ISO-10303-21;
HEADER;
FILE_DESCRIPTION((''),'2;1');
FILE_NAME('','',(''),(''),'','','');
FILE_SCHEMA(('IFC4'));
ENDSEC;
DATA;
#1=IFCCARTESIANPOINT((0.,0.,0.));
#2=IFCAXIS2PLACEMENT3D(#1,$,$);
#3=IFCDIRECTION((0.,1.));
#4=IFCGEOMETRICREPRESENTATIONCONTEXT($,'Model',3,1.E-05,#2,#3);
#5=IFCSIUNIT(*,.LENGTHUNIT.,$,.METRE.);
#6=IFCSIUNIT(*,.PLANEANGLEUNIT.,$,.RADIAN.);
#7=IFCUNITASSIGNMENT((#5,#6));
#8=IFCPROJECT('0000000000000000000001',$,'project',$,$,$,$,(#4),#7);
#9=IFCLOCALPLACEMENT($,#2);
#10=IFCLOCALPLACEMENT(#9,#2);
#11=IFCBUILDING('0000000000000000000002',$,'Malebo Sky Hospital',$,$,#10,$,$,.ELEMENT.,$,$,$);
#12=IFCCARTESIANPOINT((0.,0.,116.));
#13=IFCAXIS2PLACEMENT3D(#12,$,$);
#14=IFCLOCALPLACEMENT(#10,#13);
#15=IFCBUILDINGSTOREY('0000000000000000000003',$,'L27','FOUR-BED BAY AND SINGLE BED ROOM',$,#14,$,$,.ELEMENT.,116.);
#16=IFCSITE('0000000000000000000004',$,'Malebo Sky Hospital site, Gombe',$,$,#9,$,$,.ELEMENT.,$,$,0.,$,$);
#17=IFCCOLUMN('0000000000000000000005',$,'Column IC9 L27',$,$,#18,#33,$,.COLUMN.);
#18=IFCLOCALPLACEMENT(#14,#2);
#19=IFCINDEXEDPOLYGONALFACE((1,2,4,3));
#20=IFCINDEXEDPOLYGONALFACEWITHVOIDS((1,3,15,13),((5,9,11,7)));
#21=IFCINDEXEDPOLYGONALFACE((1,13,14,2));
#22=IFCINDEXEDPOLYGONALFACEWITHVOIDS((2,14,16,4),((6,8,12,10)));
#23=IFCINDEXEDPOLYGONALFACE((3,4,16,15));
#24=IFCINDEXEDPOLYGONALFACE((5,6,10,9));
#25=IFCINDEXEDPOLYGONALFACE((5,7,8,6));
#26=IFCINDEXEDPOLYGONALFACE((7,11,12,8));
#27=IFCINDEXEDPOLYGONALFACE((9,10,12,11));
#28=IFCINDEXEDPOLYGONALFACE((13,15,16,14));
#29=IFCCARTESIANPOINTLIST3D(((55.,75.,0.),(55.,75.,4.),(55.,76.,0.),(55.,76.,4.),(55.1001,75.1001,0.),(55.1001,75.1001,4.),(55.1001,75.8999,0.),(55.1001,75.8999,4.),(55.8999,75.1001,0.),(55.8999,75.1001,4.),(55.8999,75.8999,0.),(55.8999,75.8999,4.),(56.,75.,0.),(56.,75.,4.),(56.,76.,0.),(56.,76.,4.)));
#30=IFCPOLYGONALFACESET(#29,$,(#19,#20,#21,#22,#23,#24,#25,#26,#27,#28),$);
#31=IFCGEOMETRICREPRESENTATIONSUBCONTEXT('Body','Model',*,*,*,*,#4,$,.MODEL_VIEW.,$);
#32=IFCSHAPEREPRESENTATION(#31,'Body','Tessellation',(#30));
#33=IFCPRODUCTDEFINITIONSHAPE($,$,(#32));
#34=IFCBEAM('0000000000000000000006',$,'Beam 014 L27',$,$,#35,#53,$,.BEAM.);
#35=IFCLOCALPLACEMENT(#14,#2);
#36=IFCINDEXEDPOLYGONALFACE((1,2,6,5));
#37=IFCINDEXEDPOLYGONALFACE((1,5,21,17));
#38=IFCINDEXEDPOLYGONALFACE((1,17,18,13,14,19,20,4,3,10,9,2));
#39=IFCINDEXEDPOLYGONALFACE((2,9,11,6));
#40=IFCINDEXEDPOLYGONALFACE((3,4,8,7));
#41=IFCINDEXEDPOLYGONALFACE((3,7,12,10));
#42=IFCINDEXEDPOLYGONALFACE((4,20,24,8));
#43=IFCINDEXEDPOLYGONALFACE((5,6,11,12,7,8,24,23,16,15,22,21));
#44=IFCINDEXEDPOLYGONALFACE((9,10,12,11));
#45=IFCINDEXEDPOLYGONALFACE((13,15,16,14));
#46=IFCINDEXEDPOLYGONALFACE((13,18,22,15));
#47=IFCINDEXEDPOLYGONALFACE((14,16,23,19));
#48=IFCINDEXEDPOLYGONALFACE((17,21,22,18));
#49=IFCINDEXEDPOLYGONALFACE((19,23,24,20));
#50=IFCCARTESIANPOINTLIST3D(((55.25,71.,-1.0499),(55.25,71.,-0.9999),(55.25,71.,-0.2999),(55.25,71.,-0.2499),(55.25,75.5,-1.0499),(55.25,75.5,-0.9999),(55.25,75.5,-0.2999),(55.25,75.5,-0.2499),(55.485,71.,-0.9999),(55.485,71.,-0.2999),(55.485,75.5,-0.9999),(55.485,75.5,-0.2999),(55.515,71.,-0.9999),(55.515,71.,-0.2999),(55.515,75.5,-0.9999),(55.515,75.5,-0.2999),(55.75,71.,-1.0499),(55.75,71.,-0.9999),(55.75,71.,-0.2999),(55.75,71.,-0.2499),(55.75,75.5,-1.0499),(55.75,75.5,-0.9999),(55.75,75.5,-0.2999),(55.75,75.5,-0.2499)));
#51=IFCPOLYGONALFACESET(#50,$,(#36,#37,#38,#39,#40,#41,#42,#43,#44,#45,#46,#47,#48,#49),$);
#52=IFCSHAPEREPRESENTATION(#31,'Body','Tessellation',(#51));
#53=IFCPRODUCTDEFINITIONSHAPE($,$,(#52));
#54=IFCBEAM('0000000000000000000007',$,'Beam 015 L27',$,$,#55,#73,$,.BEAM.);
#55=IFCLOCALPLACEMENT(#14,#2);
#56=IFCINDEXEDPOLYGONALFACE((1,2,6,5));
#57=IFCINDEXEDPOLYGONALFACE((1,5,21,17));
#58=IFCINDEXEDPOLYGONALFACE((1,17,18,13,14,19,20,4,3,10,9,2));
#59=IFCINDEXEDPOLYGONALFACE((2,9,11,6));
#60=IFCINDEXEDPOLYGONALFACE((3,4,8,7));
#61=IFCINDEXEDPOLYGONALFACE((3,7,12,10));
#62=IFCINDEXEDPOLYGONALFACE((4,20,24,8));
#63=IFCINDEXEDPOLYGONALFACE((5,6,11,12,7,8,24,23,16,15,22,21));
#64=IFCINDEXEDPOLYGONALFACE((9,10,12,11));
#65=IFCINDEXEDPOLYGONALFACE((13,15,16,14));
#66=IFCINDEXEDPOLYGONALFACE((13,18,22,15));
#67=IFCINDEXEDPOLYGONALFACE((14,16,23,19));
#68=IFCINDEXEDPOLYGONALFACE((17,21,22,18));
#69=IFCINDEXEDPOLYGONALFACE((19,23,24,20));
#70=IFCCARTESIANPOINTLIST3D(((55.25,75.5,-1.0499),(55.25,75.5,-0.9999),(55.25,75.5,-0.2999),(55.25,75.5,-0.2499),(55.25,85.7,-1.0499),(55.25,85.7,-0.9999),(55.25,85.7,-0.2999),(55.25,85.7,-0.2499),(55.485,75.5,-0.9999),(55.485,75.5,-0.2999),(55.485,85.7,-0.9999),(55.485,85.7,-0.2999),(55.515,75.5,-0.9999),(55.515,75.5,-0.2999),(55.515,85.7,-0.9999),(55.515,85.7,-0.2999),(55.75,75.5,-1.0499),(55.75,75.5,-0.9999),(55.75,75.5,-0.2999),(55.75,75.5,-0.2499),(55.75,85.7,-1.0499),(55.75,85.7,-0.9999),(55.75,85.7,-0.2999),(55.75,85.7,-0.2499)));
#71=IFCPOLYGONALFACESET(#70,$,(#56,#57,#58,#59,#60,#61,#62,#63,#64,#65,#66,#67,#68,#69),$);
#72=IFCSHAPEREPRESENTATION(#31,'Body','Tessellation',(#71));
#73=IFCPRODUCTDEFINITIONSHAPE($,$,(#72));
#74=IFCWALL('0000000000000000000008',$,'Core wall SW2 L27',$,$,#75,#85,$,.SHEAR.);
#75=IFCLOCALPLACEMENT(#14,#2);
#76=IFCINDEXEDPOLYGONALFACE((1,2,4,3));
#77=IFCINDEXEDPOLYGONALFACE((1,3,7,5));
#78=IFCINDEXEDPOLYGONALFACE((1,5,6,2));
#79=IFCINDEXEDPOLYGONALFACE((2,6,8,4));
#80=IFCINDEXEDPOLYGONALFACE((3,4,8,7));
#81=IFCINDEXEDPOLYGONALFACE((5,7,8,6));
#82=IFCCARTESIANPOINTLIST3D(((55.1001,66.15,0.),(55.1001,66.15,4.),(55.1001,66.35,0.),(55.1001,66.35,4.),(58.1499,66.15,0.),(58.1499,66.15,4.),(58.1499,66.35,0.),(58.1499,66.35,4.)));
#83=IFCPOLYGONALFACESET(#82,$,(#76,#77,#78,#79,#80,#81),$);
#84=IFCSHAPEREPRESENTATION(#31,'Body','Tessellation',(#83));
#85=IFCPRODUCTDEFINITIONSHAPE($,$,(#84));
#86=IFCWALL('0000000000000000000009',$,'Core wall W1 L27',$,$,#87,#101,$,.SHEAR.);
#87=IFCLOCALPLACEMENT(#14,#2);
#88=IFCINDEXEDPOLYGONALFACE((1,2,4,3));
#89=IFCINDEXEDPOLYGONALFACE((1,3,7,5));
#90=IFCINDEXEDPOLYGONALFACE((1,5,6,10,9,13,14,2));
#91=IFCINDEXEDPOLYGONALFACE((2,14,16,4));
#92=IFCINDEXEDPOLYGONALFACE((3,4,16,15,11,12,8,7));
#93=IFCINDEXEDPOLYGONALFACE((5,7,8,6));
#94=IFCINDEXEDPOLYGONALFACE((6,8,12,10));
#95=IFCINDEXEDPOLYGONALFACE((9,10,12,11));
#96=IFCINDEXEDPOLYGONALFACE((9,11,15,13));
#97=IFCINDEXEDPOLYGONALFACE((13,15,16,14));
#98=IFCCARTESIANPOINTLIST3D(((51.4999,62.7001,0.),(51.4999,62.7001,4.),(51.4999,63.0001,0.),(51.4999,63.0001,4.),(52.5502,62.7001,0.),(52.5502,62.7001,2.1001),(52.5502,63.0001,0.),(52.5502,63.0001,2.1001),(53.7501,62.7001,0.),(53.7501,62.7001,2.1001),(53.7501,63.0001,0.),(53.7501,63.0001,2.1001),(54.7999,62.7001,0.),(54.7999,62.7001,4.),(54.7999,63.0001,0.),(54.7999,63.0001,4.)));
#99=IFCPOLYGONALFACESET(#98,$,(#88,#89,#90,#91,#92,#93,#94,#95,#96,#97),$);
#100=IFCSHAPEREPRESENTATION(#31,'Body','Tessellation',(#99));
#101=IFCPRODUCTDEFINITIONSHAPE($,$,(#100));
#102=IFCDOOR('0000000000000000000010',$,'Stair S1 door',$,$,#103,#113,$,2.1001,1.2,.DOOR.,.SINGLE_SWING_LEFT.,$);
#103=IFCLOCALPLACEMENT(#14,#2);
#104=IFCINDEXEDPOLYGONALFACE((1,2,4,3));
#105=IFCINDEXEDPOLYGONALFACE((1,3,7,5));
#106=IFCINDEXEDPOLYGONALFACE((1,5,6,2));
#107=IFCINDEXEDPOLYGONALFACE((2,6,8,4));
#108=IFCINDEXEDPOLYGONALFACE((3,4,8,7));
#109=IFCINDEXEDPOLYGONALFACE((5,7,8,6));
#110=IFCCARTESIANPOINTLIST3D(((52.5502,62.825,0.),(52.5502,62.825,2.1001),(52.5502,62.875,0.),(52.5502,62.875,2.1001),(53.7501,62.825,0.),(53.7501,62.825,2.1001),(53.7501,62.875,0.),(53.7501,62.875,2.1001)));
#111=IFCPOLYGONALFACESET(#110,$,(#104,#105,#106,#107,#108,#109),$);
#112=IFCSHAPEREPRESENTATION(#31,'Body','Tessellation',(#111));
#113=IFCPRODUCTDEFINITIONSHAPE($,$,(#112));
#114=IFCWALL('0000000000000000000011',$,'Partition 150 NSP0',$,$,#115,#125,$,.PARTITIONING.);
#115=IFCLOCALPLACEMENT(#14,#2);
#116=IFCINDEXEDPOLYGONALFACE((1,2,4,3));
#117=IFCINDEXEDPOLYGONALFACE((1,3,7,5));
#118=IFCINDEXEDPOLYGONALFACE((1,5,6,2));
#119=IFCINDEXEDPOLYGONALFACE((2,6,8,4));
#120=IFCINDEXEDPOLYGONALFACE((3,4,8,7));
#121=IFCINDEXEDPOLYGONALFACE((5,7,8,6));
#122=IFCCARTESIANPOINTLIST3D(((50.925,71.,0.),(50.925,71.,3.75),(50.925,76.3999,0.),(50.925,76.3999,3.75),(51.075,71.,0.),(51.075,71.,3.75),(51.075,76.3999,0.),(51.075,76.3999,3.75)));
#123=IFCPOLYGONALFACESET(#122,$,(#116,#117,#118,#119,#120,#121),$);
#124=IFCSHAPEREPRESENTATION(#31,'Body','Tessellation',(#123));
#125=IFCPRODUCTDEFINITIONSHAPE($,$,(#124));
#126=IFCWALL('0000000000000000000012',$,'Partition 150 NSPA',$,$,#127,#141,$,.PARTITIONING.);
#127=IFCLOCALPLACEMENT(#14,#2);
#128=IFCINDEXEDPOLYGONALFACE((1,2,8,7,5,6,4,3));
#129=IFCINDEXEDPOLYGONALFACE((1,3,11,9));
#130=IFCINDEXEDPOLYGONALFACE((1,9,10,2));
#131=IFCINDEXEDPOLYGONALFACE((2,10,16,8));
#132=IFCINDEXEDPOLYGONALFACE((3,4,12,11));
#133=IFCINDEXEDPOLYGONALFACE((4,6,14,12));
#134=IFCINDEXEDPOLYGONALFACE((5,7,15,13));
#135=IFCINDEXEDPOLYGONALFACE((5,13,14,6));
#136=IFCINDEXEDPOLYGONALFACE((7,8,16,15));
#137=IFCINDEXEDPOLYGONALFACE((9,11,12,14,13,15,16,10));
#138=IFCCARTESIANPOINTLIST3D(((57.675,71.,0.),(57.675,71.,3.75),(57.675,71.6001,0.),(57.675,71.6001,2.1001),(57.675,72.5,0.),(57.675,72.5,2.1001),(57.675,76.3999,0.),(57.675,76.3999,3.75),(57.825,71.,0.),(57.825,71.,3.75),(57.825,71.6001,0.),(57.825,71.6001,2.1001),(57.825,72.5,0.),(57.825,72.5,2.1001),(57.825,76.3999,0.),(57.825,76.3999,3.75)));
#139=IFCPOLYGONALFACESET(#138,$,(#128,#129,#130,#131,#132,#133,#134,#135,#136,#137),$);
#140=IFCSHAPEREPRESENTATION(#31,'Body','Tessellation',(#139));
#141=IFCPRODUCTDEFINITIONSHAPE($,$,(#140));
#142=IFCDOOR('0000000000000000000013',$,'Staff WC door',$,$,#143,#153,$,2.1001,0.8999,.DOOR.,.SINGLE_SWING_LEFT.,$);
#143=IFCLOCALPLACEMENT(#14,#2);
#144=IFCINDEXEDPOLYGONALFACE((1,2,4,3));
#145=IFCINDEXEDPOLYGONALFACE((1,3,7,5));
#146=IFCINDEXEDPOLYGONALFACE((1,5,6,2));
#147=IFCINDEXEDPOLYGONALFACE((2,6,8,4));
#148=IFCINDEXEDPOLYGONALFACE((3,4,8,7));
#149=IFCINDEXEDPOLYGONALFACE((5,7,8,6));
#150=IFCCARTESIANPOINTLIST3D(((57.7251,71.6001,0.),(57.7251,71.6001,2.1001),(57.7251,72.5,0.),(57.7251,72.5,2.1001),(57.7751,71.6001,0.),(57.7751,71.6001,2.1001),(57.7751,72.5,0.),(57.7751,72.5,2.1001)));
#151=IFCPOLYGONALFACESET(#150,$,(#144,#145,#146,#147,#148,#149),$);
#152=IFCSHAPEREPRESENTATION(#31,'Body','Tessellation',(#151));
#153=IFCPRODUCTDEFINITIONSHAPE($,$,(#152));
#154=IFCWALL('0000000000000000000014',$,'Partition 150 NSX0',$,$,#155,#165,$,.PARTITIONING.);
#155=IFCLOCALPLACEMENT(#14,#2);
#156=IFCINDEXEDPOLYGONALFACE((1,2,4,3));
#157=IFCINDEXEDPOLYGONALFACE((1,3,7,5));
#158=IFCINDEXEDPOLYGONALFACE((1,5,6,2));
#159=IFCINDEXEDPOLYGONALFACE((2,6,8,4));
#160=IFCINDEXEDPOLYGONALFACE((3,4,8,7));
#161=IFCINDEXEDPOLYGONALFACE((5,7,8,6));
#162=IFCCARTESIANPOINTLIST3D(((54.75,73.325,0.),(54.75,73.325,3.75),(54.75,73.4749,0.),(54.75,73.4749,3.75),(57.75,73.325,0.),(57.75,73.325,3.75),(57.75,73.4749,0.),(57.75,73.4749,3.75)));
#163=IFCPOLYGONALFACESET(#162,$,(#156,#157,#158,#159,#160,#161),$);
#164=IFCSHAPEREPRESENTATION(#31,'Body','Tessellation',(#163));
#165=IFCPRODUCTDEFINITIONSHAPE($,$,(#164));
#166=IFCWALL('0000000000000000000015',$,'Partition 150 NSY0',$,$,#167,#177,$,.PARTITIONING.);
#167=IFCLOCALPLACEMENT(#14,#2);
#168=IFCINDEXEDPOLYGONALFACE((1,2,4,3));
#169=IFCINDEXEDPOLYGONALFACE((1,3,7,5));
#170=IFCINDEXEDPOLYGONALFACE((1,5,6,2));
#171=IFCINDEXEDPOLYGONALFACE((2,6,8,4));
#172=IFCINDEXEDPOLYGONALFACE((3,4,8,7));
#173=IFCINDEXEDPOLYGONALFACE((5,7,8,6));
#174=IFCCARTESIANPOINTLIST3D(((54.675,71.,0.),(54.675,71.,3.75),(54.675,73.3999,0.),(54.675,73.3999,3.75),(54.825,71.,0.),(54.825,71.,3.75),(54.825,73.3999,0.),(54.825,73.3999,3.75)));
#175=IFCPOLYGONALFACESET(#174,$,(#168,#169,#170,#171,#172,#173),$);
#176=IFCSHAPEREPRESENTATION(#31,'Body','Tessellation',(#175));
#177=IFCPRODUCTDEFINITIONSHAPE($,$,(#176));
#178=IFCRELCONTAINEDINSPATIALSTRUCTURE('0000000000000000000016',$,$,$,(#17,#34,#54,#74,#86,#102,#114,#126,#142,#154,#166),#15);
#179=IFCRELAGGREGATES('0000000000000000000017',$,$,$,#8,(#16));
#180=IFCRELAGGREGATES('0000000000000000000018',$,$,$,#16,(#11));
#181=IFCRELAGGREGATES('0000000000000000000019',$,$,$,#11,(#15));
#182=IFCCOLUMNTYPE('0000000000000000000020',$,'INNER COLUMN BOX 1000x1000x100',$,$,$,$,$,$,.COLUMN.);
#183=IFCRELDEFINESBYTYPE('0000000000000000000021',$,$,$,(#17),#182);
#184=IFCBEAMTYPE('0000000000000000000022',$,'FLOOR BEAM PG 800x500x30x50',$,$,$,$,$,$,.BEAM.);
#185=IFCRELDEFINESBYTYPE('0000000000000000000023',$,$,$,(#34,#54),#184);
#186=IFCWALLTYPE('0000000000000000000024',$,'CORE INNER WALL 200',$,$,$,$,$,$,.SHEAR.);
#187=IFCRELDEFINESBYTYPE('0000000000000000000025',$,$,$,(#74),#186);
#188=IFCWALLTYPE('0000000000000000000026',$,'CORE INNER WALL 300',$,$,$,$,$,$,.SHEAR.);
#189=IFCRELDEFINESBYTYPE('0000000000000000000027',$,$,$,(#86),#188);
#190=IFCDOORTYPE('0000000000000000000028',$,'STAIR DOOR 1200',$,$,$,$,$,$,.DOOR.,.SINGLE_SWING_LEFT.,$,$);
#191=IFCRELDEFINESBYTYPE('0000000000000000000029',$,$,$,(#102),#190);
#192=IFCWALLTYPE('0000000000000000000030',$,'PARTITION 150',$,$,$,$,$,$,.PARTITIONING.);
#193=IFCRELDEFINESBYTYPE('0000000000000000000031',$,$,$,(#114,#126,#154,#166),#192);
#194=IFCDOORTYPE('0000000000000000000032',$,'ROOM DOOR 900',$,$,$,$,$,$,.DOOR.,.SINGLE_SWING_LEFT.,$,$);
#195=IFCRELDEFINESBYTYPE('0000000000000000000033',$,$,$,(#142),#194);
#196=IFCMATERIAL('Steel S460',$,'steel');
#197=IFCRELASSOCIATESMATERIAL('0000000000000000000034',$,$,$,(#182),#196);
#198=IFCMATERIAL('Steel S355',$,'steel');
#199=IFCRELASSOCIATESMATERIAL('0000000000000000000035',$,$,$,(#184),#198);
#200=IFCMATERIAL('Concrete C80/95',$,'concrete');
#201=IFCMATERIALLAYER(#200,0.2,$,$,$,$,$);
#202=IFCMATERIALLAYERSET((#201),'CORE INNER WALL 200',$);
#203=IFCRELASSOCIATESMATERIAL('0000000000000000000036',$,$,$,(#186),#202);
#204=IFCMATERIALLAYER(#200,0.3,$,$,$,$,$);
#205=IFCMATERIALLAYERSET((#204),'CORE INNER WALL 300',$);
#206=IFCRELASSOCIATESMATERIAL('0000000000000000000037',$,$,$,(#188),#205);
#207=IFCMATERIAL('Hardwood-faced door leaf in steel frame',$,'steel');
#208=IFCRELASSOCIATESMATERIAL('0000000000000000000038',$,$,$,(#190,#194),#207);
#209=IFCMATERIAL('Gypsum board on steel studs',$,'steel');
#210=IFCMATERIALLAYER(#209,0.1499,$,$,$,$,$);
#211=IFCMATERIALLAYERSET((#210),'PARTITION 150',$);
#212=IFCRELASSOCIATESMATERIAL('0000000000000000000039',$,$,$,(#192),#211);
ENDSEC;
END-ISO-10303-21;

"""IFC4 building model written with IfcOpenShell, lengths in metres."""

from ifc_helpers import new_model, si_unit, direction, frame, frame_2d, origin, origin_2d, place, context, subcontext, project, spatial, rectangle, hollow_rectangle, i_section, extrude, material, layer, layer_set, material_profile, profile_set, type_object, element, fill, save


model = new_model("IFC4")

# Units and contexts
model_context = context("Model", 3, precision=1e-05, world=origin(), true_north=direction((0.0, 1.0)))
body_context = subcontext(model_context, "Body", "Model", "MODEL_VIEW")
ifc_project = project(units=[si_unit("LENGTHUNIT", "METRE"), si_unit("PLANEANGLEUNIT", "RADIAN")], contexts=[model_context])

# Site, building, storey
site_placement = place(None, origin())
site = spatial("IfcSite", under=ifc_project, at=site_placement, Name="Malebo Sky Hospital site, Gombe", CompositionType="ELEMENT", RefElevation=0.0)
building_placement = place(site_placement, origin())
building = spatial("IfcBuilding", under=site, at=building_placement, Name="Malebo Sky Hospital", CompositionType="ELEMENT")
storey_placement = place(building_placement, frame((0.0, 0.0, 116.0)))
storey = spatial("IfcBuildingStorey", under=building, at=storey_placement, Name="L27", Description="FOUR-BED BAY AND SINGLE BED ROOM", CompositionType="ELEMENT", Elevation=116.0)

# Column
ifc_material_1 = material(Name="Steel S460", Category="steel")
ifc_material_profile_1 = material_profile(ifc_material_1, hollow_rectangle(XDim=1.0, YDim=1.0, WallThickness=0.1001, at=origin_2d()), Name="BOX 1000x1000x100")
ifc_profile_set_1 = profile_set([ifc_material_profile_1], Name="Steel S460")
column_type = type_object("IfcColumnType", Name="INNER COLUMN BOX 1000x1000x100", PredefinedType="COLUMN", material=ifc_profile_set_1)
column_placement = place(storey_placement, frame((55.5, 75.5, 0.0), z_axis=(0.0, 0.0, 1.0), x_axis=(1.0, 0.0, 0.0)))
element("IfcColumn", 1, at=column_placement, inside=storey, type_object=column_type, Name="Column IC9 L27", PredefinedType="COLUMN", context=body_context, shape_type="SweptSolid", body=[
    extrude(hollow_rectangle(XDim=1.0, YDim=1.0, WallThickness=0.1001, at=origin_2d()), origin(), (0.0, 0.0, 1.0), 4.0),
])

# Beams
ifc_material_2 = material(Name="Steel S355", Category="steel")
ifc_material_profile_2 = material_profile(ifc_material_2, i_section(OverallWidth=0.5, OverallDepth=0.8, WebThickness=0.03, FlangeThickness=0.05, at=origin_2d()), Name="PG 800x500x30x50")
ifc_profile_set_2 = profile_set([ifc_material_profile_2], Name="Steel S355")
beam_type = type_object("IfcBeamType", Name="FLOOR BEAM PG 800x500x30x50", PredefinedType="BEAM", material=ifc_profile_set_2)
beam_1_placement = place(storey_placement, frame((55.5, 71.0, -0.6499), z_axis=(0.0, 1.0, 0.0), x_axis=(-1.0, 0.0, 0.0)))
element("IfcBeam", 2, at=beam_1_placement, inside=storey, type_object=beam_type, Name="Beam 014 L27", PredefinedType="BEAM", context=body_context, shape_type="SweptSolid", body=[
    extrude(i_section(OverallWidth=0.5, OverallDepth=0.8, WebThickness=0.03, FlangeThickness=0.05, at=origin_2d()), origin(), (0.0, 0.0, 1.0), 4.5),
])
beam_2_placement = place(storey_placement, frame((55.5, 75.5, -0.6499), z_axis=(0.0, 1.0, 0.0), x_axis=(-1.0, 0.0, 0.0)))
element("IfcBeam", 3, at=beam_2_placement, inside=storey, type_object=beam_type, Name="Beam 015 L27", PredefinedType="BEAM", context=body_context, shape_type="SweptSolid", body=[
    extrude(i_section(OverallWidth=0.5, OverallDepth=0.8, WebThickness=0.03, FlangeThickness=0.05, at=origin_2d()), origin(), (0.0, 0.0, 1.0), 10.2),
])

# Wall
ifc_material_3 = material(Name="Concrete C80/95", Category="concrete")
ifc_layer_1 = layer(ifc_material_3, 0.2)
ifc_layer_set_1 = layer_set([ifc_layer_1], Name="CORE INNER WALL 200")
wall_type_1 = type_object("IfcWallType", Name="CORE INNER WALL 200", PredefinedType="SHEAR", material=ifc_layer_set_1)
wall_1_placement = place(storey_placement, frame((55.1001, 66.25, 0.0), z_axis=(0.0, 0.0, 1.0), x_axis=(1.0, 0.0, 0.0)))
element("IfcWall", 4, at=wall_1_placement, inside=storey, type_object=wall_type_1, Name="Core wall SW2 L27", PredefinedType="SHEAR", context=body_context, shape_type="SweptSolid", body=[
    extrude(rectangle(XDim=3.0498, YDim=0.2, at=frame_2d((1.5249, 0.0))), origin(), (0.0, 0.0, 1.0), 4.0),
])

# Wall, opening, door
ifc_layer_2 = layer(ifc_material_3, 0.3)
ifc_layer_set_2 = layer_set([ifc_layer_2], Name="CORE INNER WALL 300")
wall_type_2 = type_object("IfcWallType", Name="CORE INNER WALL 300", PredefinedType="SHEAR", material=ifc_layer_set_2)
wall_2_placement = place(storey_placement, frame((51.5, 62.8501, 0.0), z_axis=(0.0, 0.0, 1.0), x_axis=(1.0, 0.0, 0.0)))
wall_2 = element("IfcWall", 5, at=wall_2_placement, inside=storey, type_object=wall_type_2, Name="Core wall W1 L27", PredefinedType="SHEAR", context=body_context, shape_type="SweptSolid", body=[
    extrude(rectangle(XDim=3.3, YDim=0.3, at=frame_2d((1.6499, 0.0))), origin(), (0.0, 0.0, 1.0), 4.0),
])
opening_1_placement = place(wall_2_placement, frame((1.05, 0.0, 0.0)))
opening_1 = element("IfcOpeningElement", 6, at=opening_1_placement, cuts=wall_2, PredefinedType="OPENING", context=body_context, shape_type="SweptSolid", body=[
    extrude(rectangle(XDim=1.2, YDim=2.1001, at=frame_2d((0.6001, 1.05))), frame((0.0, 0.1599, 0.0), z_axis=(0.0, -1.0, 0.0), x_axis=(1.0, 0.0, 0.0)), (0.0, 0.0, 1.0), 0.3201),
])
ifc_material_4 = material(Name="Hardwood-faced door leaf in steel frame", Category="steel")
door_type_1 = type_object("IfcDoorType", Name="STAIR DOOR 1200", OperationType="SINGLE_SWING_LEFT", PredefinedType="DOOR", material=ifc_material_4)
door_1_placement = place(opening_1_placement, origin())
door_1 = element("IfcDoor", 7, at=door_1_placement, inside=storey, type_object=door_type_1, Name="Stair S1 door", OperationType="SINGLE_SWING_LEFT", OverallHeight=2.1001, OverallWidth=1.2, PredefinedType="DOOR", context=body_context, shape_type="SweptSolid", body=[
    extrude(rectangle(XDim=1.2, YDim=2.1001, at=frame_2d((0.6001, 1.05))), frame((0.0, 0.0249, 0.0), z_axis=(0.0, -1.0, 0.0), x_axis=(1.0, 0.0, 0.0)), (0.0, 0.0, 1.0), 0.05),
])
fill(opening_1, door_1)

# Wall
ifc_material_5 = material(Name="Gypsum board on steel studs", Category="steel")
ifc_layer_3 = layer(ifc_material_5, 0.1499)
ifc_layer_set_3 = layer_set([ifc_layer_3], Name="PARTITION 150")
wall_type_3 = type_object("IfcWallType", Name="PARTITION 150", PredefinedType="PARTITIONING", material=ifc_layer_set_3)
wall_3_placement = place(storey_placement, frame((51.0, 71.0, 0.0), z_axis=(0.0, 0.0, 1.0), x_axis=(0.0, 1.0, 0.0)))
element("IfcWall", 8, at=wall_3_placement, inside=storey, type_object=wall_type_3, Name="Partition 150 NSP0", PredefinedType="PARTITIONING", context=body_context, shape_type="SweptSolid", body=[
    extrude(rectangle(XDim=5.3999, YDim=0.1499, at=frame_2d((2.7, 0.0))), origin(), (0.0, 0.0, 1.0), 3.75),
])

# Wall, opening, door
wall_4_placement = place(storey_placement, frame((57.75, 71.0, 0.0), z_axis=(0.0, 0.0, 1.0), x_axis=(0.0, 1.0, 0.0)))
wall_4 = element("IfcWall", 9, at=wall_4_placement, inside=storey, type_object=wall_type_3, Name="Partition 150 NSPA", PredefinedType="PARTITIONING", context=body_context, shape_type="SweptSolid", body=[
    extrude(rectangle(XDim=5.3999, YDim=0.1499, at=frame_2d((2.7, 0.0))), origin(), (0.0, 0.0, 1.0), 3.75),
])
opening_2_placement = place(wall_4_placement, frame((0.6001, 0.0, 0.0)))
opening_2 = element("IfcOpeningElement", 10, at=opening_2_placement, cuts=wall_4, PredefinedType="OPENING", context=body_context, shape_type="SweptSolid", body=[
    extrude(rectangle(XDim=0.8999, YDim=2.1001, at=frame_2d((0.45, 1.05))), frame((0.0, 0.085, 0.0), z_axis=(0.0, -1.0, 0.0), x_axis=(1.0, 0.0, 0.0)), (0.0, 0.0, 1.0), 0.1699),
])
door_type_2 = type_object("IfcDoorType", Name="ROOM DOOR 900", OperationType="SINGLE_SWING_LEFT", PredefinedType="DOOR", material=ifc_material_4)
door_2_placement = place(opening_2_placement, origin())
door_2 = element("IfcDoor", 11, at=door_2_placement, inside=storey, type_object=door_type_2, Name="Staff WC door", OperationType="SINGLE_SWING_LEFT", OverallHeight=2.1001, OverallWidth=0.8999, PredefinedType="DOOR", context=body_context, shape_type="SweptSolid", body=[
    extrude(rectangle(XDim=0.8999, YDim=2.1001, at=frame_2d((0.45, 1.05))), frame((0.0, 0.0249, 0.0), z_axis=(0.0, -1.0, 0.0), x_axis=(1.0, 0.0, 0.0)), (0.0, 0.0, 1.0), 0.05),
])
fill(opening_2, door_2)

# Walls
wall_5_placement = place(storey_placement, frame((54.75, 73.3999, 0.0), z_axis=(0.0, 0.0, 1.0), x_axis=(1.0, 0.0, 0.0)))
element("IfcWall", 12, at=wall_5_placement, inside=storey, type_object=wall_type_3, Name="Partition 150 NSX0", PredefinedType="PARTITIONING", context=body_context, shape_type="SweptSolid", body=[
    extrude(rectangle(XDim=3.0, YDim=0.1499, at=frame_2d((1.5, 0.0))), origin(), (0.0, 0.0, 1.0), 3.75),
])
wall_6_placement = place(storey_placement, frame((54.75, 71.0, 0.0), z_axis=(0.0, 0.0, 1.0), x_axis=(0.0, 1.0, 0.0)))
element("IfcWall", 13, at=wall_6_placement, inside=storey, type_object=wall_type_3, Name="Partition 150 NSY0", PredefinedType="PARTITIONING", context=body_context, shape_type="SweptSolid", body=[
    extrude(rectangle(XDim=2.3999, YDim=0.1499, at=frame_2d((1.2, 0.0))), origin(), (0.0, 0.0, 1.0), 3.75),
])

save(model, "model.ifc")
